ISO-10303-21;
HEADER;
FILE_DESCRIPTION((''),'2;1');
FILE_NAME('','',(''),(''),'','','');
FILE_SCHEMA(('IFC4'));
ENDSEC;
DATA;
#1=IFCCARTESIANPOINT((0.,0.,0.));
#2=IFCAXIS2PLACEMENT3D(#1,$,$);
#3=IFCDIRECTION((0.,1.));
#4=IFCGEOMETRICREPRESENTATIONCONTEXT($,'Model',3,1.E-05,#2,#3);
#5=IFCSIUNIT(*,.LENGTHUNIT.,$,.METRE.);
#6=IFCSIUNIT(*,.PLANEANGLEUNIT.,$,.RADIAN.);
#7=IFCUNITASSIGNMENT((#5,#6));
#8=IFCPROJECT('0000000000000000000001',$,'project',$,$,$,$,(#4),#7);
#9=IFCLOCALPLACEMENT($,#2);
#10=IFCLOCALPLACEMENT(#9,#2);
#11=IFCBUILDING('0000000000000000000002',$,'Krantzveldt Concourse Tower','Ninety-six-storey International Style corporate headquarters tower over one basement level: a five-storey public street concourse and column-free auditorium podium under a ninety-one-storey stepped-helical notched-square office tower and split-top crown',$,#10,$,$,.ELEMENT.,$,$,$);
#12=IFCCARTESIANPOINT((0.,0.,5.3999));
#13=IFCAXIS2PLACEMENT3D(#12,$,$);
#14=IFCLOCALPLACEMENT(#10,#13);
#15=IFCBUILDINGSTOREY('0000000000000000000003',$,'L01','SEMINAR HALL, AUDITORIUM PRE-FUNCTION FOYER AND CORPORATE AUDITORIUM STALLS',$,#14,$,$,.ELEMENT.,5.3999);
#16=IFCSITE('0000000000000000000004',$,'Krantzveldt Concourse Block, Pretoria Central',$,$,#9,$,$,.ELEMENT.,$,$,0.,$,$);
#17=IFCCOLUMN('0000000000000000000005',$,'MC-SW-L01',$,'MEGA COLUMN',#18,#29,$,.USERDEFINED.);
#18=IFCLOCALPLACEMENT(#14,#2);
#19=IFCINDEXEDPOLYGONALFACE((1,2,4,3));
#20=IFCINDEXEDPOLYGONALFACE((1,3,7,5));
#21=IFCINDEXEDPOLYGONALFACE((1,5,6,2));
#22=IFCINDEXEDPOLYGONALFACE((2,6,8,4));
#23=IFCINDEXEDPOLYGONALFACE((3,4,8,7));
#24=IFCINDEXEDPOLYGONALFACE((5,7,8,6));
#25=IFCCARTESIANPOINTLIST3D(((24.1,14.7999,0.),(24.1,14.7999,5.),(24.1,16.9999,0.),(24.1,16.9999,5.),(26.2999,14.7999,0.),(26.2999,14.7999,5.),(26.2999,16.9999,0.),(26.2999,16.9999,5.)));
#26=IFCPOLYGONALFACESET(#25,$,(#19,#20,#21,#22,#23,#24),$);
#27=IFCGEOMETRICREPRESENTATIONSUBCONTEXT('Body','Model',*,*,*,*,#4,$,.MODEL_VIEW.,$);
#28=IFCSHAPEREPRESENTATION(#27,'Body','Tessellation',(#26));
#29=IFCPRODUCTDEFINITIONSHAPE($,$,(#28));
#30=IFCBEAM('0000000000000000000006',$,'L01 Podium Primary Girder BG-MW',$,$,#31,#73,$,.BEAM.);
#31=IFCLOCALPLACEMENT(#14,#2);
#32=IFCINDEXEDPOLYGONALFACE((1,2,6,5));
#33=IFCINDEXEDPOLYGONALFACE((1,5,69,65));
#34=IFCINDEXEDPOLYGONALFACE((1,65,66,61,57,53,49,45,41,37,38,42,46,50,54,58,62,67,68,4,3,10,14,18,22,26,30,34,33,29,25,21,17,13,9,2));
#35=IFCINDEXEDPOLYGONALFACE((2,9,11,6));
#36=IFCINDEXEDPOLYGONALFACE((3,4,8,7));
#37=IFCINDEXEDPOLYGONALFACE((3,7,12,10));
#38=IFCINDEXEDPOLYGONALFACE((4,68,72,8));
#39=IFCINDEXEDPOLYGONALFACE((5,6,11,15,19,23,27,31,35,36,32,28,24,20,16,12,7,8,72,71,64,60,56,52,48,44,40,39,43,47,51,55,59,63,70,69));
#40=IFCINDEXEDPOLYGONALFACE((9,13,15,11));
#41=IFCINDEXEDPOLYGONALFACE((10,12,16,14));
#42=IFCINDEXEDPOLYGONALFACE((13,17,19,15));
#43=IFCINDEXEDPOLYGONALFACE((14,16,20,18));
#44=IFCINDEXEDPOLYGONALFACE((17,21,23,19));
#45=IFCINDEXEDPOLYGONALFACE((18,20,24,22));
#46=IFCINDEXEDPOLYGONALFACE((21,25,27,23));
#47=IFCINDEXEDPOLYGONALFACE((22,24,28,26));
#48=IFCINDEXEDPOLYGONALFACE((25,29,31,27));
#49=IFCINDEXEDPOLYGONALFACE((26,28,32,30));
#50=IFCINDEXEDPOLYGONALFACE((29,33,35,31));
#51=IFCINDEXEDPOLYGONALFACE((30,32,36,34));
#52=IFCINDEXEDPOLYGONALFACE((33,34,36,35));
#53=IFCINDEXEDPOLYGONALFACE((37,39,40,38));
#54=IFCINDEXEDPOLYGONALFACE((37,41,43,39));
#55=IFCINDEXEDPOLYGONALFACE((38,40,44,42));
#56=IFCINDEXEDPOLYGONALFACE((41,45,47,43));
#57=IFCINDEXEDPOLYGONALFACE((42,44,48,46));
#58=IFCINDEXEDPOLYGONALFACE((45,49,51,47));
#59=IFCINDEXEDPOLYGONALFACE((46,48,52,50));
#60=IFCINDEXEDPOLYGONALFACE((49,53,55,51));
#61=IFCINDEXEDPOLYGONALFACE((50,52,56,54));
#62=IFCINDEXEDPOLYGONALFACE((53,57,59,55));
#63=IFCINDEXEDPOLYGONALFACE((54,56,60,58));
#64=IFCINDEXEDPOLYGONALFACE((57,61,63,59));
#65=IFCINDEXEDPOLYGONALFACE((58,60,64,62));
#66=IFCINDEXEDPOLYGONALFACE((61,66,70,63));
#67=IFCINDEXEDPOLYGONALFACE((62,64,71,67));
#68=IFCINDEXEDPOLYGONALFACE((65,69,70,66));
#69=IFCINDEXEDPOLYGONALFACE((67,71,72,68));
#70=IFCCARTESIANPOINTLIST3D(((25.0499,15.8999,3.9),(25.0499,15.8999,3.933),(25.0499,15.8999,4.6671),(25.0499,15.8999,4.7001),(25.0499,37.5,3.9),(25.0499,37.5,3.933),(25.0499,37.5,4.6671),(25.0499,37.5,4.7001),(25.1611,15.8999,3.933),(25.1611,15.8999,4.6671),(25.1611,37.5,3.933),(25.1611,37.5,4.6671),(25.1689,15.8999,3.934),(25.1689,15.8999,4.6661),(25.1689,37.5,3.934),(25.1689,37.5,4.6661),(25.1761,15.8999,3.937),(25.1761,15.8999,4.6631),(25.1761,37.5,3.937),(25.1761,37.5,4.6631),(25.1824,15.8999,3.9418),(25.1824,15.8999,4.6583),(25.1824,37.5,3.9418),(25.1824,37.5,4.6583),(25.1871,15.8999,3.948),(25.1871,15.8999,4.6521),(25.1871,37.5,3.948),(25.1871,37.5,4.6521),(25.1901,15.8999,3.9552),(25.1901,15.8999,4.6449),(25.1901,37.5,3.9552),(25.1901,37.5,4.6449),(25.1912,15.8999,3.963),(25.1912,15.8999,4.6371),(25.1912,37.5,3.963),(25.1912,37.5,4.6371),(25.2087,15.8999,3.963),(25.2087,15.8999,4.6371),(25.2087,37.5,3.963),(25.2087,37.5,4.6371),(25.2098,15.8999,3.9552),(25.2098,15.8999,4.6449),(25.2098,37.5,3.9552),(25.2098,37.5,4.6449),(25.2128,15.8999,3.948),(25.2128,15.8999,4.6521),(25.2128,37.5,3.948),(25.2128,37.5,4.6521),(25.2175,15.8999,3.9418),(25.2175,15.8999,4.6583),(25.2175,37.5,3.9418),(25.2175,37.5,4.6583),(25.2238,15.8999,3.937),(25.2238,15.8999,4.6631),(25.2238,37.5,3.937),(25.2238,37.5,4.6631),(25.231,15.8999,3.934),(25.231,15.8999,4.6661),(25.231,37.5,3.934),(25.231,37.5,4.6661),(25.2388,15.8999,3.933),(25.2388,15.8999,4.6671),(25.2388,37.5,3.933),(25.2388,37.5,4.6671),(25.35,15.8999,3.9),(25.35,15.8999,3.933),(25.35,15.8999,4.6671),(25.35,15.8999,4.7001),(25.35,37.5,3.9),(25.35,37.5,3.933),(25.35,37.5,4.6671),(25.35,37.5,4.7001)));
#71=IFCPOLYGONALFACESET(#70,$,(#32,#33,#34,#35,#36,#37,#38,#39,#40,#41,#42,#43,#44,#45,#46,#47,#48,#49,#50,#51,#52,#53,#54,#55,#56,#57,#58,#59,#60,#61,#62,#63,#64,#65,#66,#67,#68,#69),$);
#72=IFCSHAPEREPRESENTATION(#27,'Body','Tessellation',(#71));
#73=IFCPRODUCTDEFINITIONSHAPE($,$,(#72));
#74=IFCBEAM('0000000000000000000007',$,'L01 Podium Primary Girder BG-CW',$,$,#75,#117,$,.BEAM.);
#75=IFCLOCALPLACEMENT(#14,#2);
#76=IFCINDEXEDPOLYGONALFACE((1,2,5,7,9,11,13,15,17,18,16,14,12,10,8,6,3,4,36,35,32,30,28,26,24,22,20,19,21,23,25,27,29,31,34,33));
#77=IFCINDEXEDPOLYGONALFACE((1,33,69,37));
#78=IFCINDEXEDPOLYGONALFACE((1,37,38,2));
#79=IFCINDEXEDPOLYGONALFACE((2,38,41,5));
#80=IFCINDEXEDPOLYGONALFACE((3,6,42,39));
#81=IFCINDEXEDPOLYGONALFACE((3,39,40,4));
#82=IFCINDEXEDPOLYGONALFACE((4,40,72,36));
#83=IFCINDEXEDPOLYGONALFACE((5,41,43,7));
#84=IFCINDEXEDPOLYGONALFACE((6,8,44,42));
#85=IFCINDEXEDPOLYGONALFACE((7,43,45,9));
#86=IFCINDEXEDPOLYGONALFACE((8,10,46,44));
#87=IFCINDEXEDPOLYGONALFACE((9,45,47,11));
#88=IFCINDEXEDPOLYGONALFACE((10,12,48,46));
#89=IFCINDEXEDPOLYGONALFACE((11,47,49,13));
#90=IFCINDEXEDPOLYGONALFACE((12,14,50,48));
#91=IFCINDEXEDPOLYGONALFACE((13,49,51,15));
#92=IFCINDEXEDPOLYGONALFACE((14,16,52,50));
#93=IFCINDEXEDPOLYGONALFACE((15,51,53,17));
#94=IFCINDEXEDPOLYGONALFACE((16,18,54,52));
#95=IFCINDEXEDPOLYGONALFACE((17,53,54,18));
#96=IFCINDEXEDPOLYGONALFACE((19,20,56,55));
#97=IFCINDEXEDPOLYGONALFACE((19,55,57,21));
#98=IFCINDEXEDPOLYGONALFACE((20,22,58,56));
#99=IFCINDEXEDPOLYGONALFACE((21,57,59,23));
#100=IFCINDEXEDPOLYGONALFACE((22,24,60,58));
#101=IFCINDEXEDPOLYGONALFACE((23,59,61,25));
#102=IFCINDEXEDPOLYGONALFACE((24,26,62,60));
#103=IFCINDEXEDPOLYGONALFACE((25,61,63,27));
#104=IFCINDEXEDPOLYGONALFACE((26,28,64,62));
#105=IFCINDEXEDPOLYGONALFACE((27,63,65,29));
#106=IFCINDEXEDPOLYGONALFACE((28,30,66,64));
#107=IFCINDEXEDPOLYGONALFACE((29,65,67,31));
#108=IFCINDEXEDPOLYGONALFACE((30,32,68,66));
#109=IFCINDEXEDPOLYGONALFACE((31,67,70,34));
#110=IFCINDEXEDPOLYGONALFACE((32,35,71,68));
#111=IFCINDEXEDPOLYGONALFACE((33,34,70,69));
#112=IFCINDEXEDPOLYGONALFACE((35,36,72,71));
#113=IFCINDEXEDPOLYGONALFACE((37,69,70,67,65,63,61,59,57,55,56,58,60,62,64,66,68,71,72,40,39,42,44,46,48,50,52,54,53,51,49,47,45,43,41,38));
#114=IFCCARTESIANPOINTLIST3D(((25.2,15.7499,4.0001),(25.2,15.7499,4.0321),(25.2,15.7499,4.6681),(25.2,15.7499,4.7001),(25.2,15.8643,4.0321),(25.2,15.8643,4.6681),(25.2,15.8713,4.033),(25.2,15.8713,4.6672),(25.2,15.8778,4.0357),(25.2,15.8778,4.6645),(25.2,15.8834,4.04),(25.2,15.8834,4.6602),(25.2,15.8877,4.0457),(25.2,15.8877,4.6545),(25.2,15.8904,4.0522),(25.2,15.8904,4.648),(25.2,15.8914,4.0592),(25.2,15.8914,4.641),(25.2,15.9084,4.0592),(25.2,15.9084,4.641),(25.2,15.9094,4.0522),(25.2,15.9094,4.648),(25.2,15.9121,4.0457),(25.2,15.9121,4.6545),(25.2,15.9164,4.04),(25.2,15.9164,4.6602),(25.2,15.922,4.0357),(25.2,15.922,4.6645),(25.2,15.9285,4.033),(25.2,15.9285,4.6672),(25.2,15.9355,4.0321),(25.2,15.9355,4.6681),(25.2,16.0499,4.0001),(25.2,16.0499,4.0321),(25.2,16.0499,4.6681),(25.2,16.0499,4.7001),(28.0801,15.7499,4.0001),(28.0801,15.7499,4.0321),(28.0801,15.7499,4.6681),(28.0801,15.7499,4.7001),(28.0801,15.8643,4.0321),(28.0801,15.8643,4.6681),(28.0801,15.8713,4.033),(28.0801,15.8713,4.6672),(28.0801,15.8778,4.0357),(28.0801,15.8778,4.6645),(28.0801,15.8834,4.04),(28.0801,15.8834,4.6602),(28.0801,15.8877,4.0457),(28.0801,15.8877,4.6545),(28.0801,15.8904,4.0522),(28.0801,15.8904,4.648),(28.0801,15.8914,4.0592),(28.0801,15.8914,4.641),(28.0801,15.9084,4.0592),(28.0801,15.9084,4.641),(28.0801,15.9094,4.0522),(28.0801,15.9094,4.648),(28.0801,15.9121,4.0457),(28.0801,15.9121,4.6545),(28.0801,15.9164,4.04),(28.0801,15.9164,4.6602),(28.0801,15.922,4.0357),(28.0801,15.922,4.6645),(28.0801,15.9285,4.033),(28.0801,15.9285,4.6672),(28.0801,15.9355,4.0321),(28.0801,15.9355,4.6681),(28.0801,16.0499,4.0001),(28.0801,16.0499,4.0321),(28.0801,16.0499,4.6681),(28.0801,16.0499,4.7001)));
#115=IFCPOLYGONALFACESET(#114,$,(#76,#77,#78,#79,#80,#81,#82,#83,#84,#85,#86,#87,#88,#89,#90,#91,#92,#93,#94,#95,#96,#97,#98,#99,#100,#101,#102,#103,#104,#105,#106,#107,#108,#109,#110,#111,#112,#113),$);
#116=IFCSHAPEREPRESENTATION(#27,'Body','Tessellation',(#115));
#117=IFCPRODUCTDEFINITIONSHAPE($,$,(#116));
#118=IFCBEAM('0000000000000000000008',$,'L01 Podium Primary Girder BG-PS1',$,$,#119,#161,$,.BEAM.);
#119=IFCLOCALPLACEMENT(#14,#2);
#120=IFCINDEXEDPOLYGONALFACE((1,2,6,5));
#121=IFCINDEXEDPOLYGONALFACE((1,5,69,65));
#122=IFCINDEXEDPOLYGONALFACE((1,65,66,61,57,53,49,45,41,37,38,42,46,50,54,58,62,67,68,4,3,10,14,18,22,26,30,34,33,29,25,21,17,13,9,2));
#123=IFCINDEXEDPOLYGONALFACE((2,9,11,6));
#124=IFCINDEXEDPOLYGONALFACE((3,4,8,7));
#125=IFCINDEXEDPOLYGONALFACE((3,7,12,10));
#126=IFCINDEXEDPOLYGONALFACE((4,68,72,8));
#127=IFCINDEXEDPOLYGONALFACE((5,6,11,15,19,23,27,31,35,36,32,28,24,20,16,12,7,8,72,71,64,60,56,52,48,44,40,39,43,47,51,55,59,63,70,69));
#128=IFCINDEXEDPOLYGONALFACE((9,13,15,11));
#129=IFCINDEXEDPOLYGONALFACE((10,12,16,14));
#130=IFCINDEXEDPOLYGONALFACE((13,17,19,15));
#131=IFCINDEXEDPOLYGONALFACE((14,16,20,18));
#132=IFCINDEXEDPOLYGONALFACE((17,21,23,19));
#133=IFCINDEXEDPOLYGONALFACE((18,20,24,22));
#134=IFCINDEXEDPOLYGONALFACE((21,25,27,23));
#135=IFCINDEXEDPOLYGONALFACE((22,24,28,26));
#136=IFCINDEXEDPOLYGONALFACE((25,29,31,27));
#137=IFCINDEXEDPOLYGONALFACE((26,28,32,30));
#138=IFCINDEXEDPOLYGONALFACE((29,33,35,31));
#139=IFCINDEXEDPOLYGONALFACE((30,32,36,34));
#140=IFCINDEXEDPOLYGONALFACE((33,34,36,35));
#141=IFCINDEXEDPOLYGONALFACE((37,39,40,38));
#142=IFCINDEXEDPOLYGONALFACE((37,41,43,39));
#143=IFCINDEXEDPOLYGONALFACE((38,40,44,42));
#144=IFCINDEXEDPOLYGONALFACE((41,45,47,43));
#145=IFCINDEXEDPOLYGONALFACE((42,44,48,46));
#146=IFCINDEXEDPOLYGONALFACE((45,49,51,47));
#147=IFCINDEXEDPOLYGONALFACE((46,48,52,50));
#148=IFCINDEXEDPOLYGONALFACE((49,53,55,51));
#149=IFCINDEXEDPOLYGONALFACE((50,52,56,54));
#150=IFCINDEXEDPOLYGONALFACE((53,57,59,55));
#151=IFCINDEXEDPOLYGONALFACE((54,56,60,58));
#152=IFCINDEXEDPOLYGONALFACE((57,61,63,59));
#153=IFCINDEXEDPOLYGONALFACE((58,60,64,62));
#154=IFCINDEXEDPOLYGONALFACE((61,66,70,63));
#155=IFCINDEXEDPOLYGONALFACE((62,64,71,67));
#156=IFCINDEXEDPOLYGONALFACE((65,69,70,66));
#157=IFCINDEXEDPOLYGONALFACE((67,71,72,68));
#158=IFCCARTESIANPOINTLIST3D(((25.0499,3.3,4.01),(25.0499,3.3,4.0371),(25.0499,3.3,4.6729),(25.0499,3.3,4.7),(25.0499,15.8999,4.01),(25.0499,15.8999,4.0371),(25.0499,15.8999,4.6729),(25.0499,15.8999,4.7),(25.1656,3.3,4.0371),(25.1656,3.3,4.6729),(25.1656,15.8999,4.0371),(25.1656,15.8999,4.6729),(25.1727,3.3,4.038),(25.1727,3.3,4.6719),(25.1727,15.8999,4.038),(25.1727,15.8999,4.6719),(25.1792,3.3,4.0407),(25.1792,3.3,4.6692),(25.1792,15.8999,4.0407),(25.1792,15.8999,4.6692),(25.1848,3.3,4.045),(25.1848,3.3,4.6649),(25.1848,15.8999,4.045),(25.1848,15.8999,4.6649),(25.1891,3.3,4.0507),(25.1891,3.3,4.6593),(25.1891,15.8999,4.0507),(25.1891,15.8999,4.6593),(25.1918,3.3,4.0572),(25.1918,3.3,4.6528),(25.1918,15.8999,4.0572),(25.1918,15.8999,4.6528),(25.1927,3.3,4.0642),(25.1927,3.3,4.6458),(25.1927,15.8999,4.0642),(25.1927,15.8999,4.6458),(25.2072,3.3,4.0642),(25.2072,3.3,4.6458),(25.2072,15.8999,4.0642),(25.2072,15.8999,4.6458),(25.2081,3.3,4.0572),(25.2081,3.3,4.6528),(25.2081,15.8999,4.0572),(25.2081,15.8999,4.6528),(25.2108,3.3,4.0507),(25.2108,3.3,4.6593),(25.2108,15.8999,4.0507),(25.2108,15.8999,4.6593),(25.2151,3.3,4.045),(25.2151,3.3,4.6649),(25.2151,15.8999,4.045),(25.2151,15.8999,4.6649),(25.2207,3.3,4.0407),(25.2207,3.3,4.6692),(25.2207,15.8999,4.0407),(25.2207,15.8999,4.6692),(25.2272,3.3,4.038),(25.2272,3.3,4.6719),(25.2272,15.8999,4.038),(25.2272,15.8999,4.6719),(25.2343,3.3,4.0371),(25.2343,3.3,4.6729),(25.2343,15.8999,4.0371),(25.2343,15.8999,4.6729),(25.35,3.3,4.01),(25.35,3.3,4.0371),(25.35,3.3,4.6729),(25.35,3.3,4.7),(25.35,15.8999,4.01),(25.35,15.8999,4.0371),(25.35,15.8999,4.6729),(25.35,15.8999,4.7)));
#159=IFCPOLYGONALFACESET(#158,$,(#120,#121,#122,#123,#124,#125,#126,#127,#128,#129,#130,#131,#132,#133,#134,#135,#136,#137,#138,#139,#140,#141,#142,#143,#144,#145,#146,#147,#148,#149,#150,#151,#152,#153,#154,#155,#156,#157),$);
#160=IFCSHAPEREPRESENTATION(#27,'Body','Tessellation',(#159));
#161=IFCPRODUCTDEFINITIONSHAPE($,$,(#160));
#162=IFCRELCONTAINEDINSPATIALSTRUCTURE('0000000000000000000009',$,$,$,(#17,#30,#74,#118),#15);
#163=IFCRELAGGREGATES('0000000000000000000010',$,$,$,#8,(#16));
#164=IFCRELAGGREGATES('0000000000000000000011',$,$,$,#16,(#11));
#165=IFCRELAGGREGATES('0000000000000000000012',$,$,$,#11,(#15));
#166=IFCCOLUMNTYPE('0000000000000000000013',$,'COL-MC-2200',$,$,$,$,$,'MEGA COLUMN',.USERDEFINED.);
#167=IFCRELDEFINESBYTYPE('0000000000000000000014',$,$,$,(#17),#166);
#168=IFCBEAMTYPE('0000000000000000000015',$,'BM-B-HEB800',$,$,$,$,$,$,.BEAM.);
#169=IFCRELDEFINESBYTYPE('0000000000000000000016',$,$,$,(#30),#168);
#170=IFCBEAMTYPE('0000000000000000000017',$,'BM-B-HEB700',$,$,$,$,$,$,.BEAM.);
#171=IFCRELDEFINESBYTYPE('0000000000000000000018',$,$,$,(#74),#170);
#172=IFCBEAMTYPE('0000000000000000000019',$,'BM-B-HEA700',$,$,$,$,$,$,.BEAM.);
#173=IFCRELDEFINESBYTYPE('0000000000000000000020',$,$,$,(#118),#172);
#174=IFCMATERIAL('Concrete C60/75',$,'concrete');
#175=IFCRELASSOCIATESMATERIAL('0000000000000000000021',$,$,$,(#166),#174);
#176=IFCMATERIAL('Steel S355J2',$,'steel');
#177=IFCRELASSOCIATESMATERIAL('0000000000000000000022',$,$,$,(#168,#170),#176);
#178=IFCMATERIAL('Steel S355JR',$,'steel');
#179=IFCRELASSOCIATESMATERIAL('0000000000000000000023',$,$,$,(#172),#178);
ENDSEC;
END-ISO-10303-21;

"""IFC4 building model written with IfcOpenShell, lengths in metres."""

from ifc_helpers import new_model, si_unit, direction, frame, origin, origin_2d, place, context, subcontext, project, spatial, rectangle, i_section, extrude, source, transform, mapped, material, material_profile, profile_set, type_object, type_shapes, element, save


model = new_model("IFC4")

# Units and contexts
model_context = context("Model", 3, precision=1e-05, world=origin(), true_north=direction((0.0, 1.0)))
body_context = subcontext(model_context, "Body", "Model", "MODEL_VIEW")
ifc_project = project(units=[si_unit("LENGTHUNIT", "METRE"), si_unit("PLANEANGLEUNIT", "RADIAN")], contexts=[model_context])

# Site, building, storey
site_placement = place(None, origin())
site = spatial("IfcSite", under=ifc_project, at=site_placement, Name="Krantzveldt Concourse Block, Pretoria Central", CompositionType="ELEMENT", RefElevation=0.0)
building_placement = place(site_placement, origin())
building = spatial("IfcBuilding", under=site, at=building_placement, Name="Krantzveldt Concourse Tower", Description="Ninety-six-storey International Style corporate headquarters tower over one basement level: a five-storey public street concourse and column-free auditorium podium under a ninety-one-storey stepped-helical notched-square office tower and split-top crown", CompositionType="ELEMENT")
storey_placement = place(building_placement, frame((0.0, 0.0, 5.3999)))
storey = spatial("IfcBuildingStorey", under=building, at=storey_placement, Name="L01", Description="SEMINAR HALL, AUDITORIUM PRE-FUNCTION FOYER AND CORPORATE AUDITORIUM STALLS", CompositionType="ELEMENT", Elevation=5.3999)

# Column
ifc_material_1 = material(Name="Concrete C60/75", Category="concrete")
ifc_material_profile_1 = material_profile(ifc_material_1, rectangle(XDim=2.2, YDim=2.2, at=origin_2d()), Name="Concrete C60/75", Category="concrete")
ifc_profile_set_1 = profile_set([ifc_material_profile_1], Name="Concrete C60/75 - RC 2200x2200")
column_type = type_object("IfcColumnType", Name="COL-MC-2200", ElementType="MEGA COLUMN", PredefinedType="USERDEFINED", material=ifc_profile_set_1)
shared_shape_1 = source(origin(), body_context, "Body", "SweptSolid", [
    extrude(rectangle(XDim=2.2, YDim=2.2, at=origin_2d()), origin(), (0.0, 0.0, 1.0), 5.0),
])
type_shapes(column_type, [shared_shape_1])
column_placement = place(storey_placement, frame((25.2, 15.8999, 0.0), z_axis=(0.0, 0.0, 1.0), x_axis=(1.0, 0.0, 0.0)))
element("IfcColumn", 1, at=column_placement, inside=storey, type_object=column_type, Name="MC-SW-L01", ObjectType="MEGA COLUMN", PredefinedType="USERDEFINED", context=body_context, shape_type="MappedRepresentation", body=[
    mapped(shared_shape_1, transform((0.0, 0.0, 0.0), x_axis=(1.0, 0.0, 0.0), y_axis=(0.0, 1.0, 0.0), z_axis=(0.0, 0.0, 1.0), scale=1.0)),
])

# Beams
ifc_material_2 = material(Name="Steel S355J2", Category="steel")
ifc_material_profile_2 = material_profile(ifc_material_2, i_section(OverallWidth=0.3, OverallDepth=0.8, WebThickness=0.0176, FlangeThickness=0.033, FilletRadius=0.03, at=origin_2d()), Name="Steel S355J2", Category="steel")
ifc_profile_set_2 = profile_set([ifc_material_profile_2], Name="Steel S355J2 - HEB 800")
beam_type_1 = type_object("IfcBeamType", Name="BM-B-HEB800", PredefinedType="BEAM", material=ifc_profile_set_2)
shared_shape_2 = source(origin(), body_context, "Body", "SweptSolid", [
    extrude(i_section(OverallWidth=0.3, OverallDepth=0.8, WebThickness=0.0176, FlangeThickness=0.033, FilletRadius=0.03, at=origin_2d()), origin(), (0.0, 0.0, 1.0), 21.6001),
])
type_shapes(beam_type_1, [shared_shape_2])
beam_1_placement = place(storey_placement, frame((25.2, 15.8999, 4.3), z_axis=(0.0, 1.0, 0.0), x_axis=(-1.0, 0.0, 0.0)))
element("IfcBeam", 2, at=beam_1_placement, inside=storey, type_object=beam_type_1, Name="L01 Podium Primary Girder BG-MW", PredefinedType="BEAM", context=body_context, shape_type="MappedRepresentation", body=[
    mapped(shared_shape_2, transform((0.0, 0.0, 0.0), x_axis=(1.0, 0.0, 0.0), y_axis=(0.0, 1.0, 0.0), z_axis=(0.0, 0.0, 1.0), scale=1.0)),
])
ifc_material_profile_3 = material_profile(ifc_material_2, i_section(OverallWidth=0.3, OverallDepth=0.7, WebThickness=0.0171, FlangeThickness=0.032, FilletRadius=0.0271, at=origin_2d()), Name="Steel S355J2", Category="steel")
ifc_profile_set_3 = profile_set([ifc_material_profile_3], Name="Steel S355J2 - HEB 700")
beam_type_2 = type_object("IfcBeamType", Name="BM-B-HEB700", PredefinedType="BEAM", material=ifc_profile_set_3)
shared_shape_3 = source(origin(), body_context, "Body", "SweptSolid", [
    extrude(i_section(OverallWidth=0.3, OverallDepth=0.7, WebThickness=0.0171, FlangeThickness=0.032, FilletRadius=0.0271, at=origin_2d()), origin(), (0.0, 0.0, 1.0), 2.8801),
])
type_shapes(beam_type_2, [shared_shape_3])
beam_2_placement = place(storey_placement, frame((25.2, 15.8999, 4.3501), z_axis=(1.0, 0.0, 0.0), x_axis=(0.0, 1.0, 0.0)))
element("IfcBeam", 3, at=beam_2_placement, inside=storey, type_object=beam_type_2, Name="L01 Podium Primary Girder BG-CW", PredefinedType="BEAM", context=body_context, shape_type="MappedRepresentation", body=[
    mapped(shared_shape_3, transform((0.0, 0.0, 0.0), x_axis=(1.0, 0.0, 0.0), y_axis=(0.0, 1.0, 0.0), z_axis=(0.0, 0.0, 1.0), scale=1.0)),
])
ifc_material_3 = material(Name="Steel S355JR", Category="steel")
ifc_material_profile_4 = material_profile(ifc_material_3, i_section(OverallWidth=0.3, OverallDepth=0.6899, WebThickness=0.0144, FlangeThickness=0.0271, FilletRadius=0.0271, at=origin_2d()), Name="Steel S355JR", Category="steel")
ifc_profile_set_4 = profile_set([ifc_material_profile_4], Name="Steel S355JR - HEA 700")
beam_type_3 = type_object("IfcBeamType", Name="BM-B-HEA700", PredefinedType="BEAM", material=ifc_profile_set_4)
shared_shape_4 = source(origin(), body_context, "Body", "SweptSolid", [
    extrude(i_section(OverallWidth=0.3, OverallDepth=0.6899, WebThickness=0.0144, FlangeThickness=0.0271, FilletRadius=0.0271, at=origin_2d()), origin(), (0.0, 0.0, 1.0), 12.5999),
])
type_shapes(beam_type_3, [shared_shape_4])
beam_3_placement = place(storey_placement, frame((25.2, 3.3, 4.355), z_axis=(0.0, 1.0, 0.0), x_axis=(-1.0, 0.0, 0.0)))
element("IfcBeam", 4, at=beam_3_placement, inside=storey, type_object=beam_type_3, Name="L01 Podium Primary Girder BG-PS1", PredefinedType="BEAM", context=body_context, shape_type="MappedRepresentation", body=[
    mapped(shared_shape_4, transform((0.0, 0.0, 0.0), x_axis=(1.0, 0.0, 0.0), y_axis=(0.0, 1.0, 0.0), z_axis=(0.0, 0.0, 1.0), scale=1.0)),
])

save(model, "model.ifc")
